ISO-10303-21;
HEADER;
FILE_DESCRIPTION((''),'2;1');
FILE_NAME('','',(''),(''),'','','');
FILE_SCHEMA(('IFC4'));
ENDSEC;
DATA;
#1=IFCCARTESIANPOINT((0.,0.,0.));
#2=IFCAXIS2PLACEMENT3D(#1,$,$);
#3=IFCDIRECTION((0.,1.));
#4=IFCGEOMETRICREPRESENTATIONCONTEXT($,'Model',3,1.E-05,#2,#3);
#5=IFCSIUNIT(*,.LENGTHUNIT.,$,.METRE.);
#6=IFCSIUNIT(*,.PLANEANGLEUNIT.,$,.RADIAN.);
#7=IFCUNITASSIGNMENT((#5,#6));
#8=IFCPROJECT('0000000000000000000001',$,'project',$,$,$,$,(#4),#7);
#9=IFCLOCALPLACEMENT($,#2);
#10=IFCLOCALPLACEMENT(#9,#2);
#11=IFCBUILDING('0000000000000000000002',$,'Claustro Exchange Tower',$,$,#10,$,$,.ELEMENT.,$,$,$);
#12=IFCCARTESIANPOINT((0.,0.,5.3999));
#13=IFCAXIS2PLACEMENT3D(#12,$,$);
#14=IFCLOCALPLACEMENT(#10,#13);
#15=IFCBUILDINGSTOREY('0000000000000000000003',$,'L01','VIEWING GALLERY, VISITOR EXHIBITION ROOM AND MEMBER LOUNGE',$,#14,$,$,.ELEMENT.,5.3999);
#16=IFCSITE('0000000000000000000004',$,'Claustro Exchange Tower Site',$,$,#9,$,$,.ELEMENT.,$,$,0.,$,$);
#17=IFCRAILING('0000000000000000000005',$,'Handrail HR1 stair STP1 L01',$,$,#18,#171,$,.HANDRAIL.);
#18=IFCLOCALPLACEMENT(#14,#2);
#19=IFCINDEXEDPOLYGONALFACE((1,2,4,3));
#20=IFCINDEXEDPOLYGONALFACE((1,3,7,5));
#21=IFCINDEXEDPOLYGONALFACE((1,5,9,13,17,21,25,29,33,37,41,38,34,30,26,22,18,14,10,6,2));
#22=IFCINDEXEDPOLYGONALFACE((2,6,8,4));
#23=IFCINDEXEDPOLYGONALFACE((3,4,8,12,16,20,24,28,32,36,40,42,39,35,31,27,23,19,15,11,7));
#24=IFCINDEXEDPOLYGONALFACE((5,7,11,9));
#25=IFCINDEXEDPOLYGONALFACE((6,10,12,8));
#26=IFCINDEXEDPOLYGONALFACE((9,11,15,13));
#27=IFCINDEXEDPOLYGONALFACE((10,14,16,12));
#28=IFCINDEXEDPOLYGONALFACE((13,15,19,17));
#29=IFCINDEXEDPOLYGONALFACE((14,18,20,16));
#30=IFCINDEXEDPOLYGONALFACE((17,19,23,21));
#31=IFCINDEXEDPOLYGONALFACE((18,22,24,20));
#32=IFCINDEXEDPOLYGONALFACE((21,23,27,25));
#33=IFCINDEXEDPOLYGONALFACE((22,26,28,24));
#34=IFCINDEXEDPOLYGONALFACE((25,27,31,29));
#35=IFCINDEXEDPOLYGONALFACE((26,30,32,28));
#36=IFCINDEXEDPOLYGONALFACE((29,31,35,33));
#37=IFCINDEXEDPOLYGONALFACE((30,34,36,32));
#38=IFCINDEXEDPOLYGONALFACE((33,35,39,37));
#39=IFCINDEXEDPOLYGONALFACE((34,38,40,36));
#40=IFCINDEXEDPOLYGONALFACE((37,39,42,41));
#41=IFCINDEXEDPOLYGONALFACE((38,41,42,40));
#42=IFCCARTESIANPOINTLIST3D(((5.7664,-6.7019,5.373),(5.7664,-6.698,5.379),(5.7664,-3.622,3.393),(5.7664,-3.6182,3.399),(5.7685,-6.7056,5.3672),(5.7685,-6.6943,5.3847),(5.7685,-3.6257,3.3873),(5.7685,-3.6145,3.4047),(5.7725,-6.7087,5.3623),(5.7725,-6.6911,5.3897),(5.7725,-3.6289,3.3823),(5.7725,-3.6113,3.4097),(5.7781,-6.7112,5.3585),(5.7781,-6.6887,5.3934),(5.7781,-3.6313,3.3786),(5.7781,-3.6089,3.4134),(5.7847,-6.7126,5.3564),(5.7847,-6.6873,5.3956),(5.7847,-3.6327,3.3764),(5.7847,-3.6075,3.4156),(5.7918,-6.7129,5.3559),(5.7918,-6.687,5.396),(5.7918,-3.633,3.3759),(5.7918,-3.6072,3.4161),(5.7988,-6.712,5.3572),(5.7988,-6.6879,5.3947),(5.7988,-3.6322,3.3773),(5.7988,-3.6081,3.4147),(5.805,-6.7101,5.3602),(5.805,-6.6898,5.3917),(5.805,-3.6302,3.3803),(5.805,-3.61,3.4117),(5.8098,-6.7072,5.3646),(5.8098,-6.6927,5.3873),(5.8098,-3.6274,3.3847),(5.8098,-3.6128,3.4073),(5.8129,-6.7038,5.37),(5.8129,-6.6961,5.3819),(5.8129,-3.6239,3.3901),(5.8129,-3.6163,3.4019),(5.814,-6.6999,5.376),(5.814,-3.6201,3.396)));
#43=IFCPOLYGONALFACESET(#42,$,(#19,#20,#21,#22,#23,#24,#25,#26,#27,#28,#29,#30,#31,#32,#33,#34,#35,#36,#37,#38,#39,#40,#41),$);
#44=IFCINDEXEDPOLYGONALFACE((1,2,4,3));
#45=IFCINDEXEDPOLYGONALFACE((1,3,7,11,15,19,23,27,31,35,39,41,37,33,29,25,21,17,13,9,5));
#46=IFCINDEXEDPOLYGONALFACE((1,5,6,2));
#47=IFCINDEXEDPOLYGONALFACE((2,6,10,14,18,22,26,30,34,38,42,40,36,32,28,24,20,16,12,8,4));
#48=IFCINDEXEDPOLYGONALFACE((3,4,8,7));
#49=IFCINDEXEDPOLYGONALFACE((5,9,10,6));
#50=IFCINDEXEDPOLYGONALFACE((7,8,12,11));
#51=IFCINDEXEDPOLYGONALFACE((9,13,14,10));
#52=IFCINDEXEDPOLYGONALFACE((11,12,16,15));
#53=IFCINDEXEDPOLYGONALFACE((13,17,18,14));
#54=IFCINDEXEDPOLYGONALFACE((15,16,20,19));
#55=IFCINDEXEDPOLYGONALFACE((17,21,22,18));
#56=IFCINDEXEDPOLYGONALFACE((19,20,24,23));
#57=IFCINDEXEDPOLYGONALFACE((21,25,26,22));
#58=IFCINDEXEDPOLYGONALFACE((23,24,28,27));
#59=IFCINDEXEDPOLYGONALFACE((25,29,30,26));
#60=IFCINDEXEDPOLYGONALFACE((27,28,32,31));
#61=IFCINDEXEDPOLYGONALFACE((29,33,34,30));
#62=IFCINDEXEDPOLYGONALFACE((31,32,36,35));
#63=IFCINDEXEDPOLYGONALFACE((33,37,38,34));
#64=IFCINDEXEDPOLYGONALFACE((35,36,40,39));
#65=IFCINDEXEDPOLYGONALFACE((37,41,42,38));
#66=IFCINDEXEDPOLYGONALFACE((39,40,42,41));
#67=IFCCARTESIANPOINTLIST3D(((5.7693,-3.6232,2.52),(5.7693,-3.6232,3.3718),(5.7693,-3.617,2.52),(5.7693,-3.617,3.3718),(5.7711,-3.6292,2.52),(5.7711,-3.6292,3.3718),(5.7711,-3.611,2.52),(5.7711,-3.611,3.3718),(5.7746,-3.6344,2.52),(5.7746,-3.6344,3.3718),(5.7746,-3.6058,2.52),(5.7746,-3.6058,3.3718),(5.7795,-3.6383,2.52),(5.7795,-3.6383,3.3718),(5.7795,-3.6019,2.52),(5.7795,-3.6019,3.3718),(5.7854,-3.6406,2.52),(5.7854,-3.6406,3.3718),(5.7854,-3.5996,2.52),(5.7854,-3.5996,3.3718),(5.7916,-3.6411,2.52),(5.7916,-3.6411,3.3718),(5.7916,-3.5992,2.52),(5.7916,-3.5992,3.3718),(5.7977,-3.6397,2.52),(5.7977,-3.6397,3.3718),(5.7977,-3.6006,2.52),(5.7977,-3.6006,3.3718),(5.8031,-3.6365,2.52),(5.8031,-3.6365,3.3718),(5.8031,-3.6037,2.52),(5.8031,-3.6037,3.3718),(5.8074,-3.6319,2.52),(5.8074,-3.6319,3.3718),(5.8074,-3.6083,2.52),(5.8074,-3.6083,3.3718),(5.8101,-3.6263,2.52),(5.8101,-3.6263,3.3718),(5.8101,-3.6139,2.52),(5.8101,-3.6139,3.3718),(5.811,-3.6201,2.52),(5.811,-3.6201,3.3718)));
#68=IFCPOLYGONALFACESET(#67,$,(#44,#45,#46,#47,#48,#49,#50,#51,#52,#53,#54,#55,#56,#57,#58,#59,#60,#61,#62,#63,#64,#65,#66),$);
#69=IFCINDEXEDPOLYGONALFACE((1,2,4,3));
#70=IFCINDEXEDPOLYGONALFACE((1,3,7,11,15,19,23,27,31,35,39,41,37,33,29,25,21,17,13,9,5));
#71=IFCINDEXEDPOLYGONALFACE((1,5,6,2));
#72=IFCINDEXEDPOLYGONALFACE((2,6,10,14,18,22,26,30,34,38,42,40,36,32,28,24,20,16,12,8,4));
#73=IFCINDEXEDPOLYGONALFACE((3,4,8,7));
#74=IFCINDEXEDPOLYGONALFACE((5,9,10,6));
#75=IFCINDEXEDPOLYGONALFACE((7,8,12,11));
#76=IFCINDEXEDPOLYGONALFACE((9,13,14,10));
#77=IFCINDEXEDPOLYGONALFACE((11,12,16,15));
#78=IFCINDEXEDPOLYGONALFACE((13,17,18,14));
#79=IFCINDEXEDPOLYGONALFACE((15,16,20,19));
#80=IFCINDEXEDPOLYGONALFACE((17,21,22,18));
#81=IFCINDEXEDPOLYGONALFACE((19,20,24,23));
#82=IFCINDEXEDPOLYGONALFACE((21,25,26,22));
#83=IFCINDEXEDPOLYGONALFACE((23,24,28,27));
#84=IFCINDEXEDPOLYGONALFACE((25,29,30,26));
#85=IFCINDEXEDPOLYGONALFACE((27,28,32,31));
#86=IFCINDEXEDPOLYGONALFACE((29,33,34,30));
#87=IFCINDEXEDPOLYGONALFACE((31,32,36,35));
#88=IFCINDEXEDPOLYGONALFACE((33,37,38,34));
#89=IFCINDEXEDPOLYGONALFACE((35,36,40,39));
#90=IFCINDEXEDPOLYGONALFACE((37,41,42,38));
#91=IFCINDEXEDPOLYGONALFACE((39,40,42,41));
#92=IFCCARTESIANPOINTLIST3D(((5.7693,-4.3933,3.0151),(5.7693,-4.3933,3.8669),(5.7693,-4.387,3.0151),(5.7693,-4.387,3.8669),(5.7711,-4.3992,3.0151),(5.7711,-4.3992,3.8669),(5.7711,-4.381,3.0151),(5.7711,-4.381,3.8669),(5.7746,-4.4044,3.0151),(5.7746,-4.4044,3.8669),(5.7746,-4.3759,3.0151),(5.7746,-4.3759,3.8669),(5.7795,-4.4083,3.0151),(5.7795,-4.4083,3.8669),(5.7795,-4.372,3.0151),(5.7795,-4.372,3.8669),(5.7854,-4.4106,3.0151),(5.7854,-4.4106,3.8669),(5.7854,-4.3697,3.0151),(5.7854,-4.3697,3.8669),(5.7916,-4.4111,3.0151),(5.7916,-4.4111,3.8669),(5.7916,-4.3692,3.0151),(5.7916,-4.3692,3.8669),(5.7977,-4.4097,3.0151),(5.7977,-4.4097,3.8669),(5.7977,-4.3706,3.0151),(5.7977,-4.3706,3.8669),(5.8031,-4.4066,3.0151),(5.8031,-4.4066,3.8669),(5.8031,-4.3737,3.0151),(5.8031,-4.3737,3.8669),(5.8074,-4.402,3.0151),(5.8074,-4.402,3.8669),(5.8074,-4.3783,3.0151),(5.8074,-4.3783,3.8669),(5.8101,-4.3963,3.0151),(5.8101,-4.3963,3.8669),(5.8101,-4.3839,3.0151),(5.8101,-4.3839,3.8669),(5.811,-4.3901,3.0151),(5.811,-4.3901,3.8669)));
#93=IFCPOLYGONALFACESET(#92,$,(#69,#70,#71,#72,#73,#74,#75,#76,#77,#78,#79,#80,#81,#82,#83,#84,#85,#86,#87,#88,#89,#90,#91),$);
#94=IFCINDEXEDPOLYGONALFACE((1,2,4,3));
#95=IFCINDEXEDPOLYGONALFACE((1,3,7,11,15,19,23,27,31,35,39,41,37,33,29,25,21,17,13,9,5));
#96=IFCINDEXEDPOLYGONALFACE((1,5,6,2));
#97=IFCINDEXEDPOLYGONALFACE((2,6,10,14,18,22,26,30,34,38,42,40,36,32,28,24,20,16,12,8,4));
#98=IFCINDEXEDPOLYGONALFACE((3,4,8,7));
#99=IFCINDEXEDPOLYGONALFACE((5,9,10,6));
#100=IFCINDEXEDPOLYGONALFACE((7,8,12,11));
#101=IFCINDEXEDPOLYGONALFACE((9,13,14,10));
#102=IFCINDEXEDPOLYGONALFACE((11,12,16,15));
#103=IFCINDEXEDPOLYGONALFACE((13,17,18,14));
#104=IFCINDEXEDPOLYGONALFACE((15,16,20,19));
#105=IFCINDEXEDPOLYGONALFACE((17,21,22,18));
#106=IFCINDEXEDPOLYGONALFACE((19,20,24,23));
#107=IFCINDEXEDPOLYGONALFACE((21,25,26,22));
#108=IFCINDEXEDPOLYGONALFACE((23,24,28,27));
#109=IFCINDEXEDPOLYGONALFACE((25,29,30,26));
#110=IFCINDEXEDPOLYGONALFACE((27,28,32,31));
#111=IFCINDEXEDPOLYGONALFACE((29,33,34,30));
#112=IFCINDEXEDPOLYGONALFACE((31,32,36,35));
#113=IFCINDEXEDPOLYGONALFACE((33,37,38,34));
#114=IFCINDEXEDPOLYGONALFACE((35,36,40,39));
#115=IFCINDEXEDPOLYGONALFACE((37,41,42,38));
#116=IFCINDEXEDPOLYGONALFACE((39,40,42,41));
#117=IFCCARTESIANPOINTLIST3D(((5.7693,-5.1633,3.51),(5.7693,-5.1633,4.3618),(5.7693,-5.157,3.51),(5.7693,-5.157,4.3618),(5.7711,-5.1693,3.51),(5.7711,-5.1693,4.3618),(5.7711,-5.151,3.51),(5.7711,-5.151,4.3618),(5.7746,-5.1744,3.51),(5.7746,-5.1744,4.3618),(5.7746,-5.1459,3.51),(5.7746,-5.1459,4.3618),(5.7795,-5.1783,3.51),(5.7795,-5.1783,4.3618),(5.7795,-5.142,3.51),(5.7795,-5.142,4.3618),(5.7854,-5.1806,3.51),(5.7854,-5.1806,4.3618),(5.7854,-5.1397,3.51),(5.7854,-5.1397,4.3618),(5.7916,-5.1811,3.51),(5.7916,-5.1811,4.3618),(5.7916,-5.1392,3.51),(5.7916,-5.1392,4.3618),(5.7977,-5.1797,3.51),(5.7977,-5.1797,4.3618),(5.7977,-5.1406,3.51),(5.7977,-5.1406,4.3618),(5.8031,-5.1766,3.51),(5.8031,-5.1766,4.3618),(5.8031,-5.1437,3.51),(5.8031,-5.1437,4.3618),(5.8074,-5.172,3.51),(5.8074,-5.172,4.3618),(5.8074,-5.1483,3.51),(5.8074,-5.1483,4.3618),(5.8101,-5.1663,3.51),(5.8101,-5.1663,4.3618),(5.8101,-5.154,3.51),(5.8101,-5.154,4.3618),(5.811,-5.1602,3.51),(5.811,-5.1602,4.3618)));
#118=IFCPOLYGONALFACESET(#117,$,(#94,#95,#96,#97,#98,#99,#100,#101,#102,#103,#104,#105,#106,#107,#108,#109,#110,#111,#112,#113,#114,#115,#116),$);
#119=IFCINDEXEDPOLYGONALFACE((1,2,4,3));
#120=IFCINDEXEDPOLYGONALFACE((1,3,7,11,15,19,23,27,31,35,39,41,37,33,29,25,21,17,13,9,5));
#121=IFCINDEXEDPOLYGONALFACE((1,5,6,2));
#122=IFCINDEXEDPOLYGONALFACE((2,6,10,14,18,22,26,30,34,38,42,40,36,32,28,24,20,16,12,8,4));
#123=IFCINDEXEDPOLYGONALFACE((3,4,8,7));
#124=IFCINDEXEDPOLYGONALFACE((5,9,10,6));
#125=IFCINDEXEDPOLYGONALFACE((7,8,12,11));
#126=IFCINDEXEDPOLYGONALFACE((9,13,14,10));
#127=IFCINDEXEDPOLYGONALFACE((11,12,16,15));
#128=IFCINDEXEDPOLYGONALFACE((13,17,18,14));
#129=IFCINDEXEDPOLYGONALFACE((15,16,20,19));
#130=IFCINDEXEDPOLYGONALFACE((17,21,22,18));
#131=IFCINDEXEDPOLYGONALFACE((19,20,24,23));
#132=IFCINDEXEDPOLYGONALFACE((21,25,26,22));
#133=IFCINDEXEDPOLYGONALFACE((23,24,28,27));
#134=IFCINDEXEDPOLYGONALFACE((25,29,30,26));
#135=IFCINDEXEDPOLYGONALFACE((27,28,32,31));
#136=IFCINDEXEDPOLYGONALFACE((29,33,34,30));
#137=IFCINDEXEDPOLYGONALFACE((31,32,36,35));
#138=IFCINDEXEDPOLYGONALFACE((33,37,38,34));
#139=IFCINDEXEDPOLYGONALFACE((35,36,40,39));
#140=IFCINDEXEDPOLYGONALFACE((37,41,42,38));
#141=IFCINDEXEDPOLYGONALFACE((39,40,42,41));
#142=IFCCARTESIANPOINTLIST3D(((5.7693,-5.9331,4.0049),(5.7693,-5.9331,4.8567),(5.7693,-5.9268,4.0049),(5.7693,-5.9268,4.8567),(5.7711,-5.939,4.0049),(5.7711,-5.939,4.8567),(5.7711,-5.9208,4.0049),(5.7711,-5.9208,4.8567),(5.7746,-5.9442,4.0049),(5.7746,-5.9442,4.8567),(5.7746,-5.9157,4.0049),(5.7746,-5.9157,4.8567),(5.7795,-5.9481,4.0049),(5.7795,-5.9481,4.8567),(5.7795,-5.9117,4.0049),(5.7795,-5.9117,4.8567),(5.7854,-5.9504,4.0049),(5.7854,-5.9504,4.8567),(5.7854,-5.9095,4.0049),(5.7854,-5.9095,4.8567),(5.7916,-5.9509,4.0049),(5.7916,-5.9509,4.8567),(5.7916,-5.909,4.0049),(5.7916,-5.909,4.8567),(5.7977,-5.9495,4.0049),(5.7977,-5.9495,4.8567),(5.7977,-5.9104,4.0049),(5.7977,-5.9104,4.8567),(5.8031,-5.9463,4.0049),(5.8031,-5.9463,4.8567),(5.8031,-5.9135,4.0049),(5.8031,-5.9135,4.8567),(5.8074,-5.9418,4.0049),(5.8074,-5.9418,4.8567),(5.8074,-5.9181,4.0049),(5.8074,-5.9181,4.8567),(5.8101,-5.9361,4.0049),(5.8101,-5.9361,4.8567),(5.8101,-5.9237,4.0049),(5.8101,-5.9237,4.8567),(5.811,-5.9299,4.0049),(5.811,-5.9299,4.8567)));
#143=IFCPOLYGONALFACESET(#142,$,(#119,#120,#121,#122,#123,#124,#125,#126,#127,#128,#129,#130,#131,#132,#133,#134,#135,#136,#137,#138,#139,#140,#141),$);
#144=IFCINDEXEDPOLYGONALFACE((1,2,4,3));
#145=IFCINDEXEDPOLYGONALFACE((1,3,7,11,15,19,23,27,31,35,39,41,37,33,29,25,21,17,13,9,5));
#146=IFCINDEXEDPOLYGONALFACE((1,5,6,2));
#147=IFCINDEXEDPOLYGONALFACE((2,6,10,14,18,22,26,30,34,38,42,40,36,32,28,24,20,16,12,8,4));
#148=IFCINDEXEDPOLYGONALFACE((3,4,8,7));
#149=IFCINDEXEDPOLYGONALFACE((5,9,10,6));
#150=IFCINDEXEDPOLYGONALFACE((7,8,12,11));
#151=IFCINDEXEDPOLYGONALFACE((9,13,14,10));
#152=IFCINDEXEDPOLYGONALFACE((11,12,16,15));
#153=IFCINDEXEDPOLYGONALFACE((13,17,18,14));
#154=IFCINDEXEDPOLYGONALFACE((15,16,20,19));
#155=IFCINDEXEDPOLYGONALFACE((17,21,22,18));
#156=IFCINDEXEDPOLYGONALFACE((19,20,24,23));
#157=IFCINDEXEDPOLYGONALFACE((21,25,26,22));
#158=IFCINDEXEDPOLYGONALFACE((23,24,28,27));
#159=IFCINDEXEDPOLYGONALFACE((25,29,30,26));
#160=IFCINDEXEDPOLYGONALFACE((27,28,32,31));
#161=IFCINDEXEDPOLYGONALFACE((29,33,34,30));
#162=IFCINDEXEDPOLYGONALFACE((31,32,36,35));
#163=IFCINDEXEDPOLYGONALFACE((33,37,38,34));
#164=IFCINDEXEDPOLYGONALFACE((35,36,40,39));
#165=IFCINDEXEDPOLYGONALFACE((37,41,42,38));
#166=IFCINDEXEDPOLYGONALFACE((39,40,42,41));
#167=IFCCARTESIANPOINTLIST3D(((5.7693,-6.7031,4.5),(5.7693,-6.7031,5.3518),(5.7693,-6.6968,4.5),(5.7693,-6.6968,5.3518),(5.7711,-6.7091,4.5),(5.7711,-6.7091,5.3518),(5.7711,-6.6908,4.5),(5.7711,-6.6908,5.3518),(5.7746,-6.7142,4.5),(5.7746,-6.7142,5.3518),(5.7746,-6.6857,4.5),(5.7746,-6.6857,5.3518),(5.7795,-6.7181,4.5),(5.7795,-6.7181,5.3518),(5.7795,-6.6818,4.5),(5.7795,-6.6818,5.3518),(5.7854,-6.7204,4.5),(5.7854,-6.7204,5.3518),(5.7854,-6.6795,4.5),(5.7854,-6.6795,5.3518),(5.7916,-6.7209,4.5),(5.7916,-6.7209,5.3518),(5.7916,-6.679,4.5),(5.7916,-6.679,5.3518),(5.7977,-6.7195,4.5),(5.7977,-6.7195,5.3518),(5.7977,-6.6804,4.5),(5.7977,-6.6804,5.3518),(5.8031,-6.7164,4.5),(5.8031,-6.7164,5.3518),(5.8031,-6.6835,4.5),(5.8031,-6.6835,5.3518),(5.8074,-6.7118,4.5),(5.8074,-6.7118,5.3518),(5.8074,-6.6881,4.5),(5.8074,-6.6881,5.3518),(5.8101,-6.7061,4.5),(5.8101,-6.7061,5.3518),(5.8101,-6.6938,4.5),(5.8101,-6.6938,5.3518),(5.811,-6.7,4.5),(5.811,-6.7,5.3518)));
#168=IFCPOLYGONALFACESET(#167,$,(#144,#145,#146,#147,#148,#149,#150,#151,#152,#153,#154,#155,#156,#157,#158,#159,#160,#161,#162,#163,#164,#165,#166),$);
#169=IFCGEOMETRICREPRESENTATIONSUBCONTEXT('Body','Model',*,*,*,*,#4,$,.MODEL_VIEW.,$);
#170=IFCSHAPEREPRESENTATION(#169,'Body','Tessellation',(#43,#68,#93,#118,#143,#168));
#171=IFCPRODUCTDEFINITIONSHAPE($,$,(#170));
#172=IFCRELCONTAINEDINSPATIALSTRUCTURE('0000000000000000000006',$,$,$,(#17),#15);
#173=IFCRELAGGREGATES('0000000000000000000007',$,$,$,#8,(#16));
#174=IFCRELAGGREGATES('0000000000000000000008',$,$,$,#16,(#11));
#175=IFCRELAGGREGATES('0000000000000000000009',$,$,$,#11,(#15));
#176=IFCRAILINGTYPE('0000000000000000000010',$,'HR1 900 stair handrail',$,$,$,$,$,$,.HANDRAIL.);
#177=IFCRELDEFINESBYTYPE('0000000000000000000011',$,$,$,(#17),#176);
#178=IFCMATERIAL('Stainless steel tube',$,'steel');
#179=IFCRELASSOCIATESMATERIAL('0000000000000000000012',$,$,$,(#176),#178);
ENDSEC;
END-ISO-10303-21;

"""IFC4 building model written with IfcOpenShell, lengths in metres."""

from ifc_helpers import new_model, si_unit, direction, frame, origin, origin_2d, place, context, subcontext, project, spatial, circle, extrude, material, type_object, element, save


model = new_model("IFC4")

# Units and contexts
model_context = context("Model", 3, precision=1e-05, world=origin(), true_north=direction((0.0, 1.0)))
body_context = subcontext(model_context, "Body", "Model", "MODEL_VIEW")
ifc_project = project(units=[si_unit("LENGTHUNIT", "METRE"), si_unit("PLANEANGLEUNIT", "RADIAN")], contexts=[model_context])

# Site, building, storey
site_placement = place(None, origin())
site = spatial("IfcSite", under=ifc_project, at=site_placement, Name="Claustro Exchange Tower Site", CompositionType="ELEMENT", RefElevation=0.0)
building_placement = place(site_placement, origin())
building = spatial("IfcBuilding", under=site, at=building_placement, Name="Claustro Exchange Tower", CompositionType="ELEMENT")
storey_placement = place(building_placement, frame((0.0, 0.0, 5.3999)))
storey = spatial("IfcBuildingStorey", under=building, at=storey_placement, Name="L01", Description="VIEWING GALLERY, VISITOR EXHIBITION ROOM AND MEMBER LOUNGE", CompositionType="ELEMENT", Elevation=5.3999)

# Railing
ifc_material_1 = material(Name="Stainless steel tube", Category="steel")
railing_type_1 = type_object("IfcRailingType", Name="HR1 900 stair handrail", PredefinedType="HANDRAIL", material=ifc_material_1)
railing_1_placement = place(storey_placement, frame((5.79, -3.6201, 2.52)))
element("IfcRailing", 1, at=railing_1_placement, inside=storey, type_object=railing_type_1, Name="Handrail HR1 stair STP1 L01", PredefinedType="HANDRAIL", context=body_context, shape_type="SweptSolid", body=[
    extrude(circle(Radius=0.0239, at=origin_2d()), frame((0.0, 0.0, 0.876), z_axis=(0.0, -0.841168, 0.540774), x_axis=(1.0, 0.0, 0.0)), (0.0, 0.0, 1.0), 3.6614),
    extrude(circle(Radius=0.021, at=origin_2d()), origin(), (0.0, 0.0, 1.0), 0.8518),
    extrude(circle(Radius=0.021, at=origin_2d()), frame((0.0, -0.77, 0.4951)), (0.0, 0.0, 1.0), 0.8518),
    extrude(circle(Radius=0.021, at=origin_2d()), frame((0.0, -1.54, 0.99)), (0.0, 0.0, 1.0), 0.8518),
    extrude(circle(Radius=0.021, at=origin_2d()), frame((0.0, -2.3098, 1.4849)), (0.0, 0.0, 1.0), 0.8518),
    extrude(circle(Radius=0.021, at=origin_2d()), frame((0.0, -3.0798, 1.98)), (0.0, 0.0, 1.0), 0.8518),
])

save(model, "model.ifc")
